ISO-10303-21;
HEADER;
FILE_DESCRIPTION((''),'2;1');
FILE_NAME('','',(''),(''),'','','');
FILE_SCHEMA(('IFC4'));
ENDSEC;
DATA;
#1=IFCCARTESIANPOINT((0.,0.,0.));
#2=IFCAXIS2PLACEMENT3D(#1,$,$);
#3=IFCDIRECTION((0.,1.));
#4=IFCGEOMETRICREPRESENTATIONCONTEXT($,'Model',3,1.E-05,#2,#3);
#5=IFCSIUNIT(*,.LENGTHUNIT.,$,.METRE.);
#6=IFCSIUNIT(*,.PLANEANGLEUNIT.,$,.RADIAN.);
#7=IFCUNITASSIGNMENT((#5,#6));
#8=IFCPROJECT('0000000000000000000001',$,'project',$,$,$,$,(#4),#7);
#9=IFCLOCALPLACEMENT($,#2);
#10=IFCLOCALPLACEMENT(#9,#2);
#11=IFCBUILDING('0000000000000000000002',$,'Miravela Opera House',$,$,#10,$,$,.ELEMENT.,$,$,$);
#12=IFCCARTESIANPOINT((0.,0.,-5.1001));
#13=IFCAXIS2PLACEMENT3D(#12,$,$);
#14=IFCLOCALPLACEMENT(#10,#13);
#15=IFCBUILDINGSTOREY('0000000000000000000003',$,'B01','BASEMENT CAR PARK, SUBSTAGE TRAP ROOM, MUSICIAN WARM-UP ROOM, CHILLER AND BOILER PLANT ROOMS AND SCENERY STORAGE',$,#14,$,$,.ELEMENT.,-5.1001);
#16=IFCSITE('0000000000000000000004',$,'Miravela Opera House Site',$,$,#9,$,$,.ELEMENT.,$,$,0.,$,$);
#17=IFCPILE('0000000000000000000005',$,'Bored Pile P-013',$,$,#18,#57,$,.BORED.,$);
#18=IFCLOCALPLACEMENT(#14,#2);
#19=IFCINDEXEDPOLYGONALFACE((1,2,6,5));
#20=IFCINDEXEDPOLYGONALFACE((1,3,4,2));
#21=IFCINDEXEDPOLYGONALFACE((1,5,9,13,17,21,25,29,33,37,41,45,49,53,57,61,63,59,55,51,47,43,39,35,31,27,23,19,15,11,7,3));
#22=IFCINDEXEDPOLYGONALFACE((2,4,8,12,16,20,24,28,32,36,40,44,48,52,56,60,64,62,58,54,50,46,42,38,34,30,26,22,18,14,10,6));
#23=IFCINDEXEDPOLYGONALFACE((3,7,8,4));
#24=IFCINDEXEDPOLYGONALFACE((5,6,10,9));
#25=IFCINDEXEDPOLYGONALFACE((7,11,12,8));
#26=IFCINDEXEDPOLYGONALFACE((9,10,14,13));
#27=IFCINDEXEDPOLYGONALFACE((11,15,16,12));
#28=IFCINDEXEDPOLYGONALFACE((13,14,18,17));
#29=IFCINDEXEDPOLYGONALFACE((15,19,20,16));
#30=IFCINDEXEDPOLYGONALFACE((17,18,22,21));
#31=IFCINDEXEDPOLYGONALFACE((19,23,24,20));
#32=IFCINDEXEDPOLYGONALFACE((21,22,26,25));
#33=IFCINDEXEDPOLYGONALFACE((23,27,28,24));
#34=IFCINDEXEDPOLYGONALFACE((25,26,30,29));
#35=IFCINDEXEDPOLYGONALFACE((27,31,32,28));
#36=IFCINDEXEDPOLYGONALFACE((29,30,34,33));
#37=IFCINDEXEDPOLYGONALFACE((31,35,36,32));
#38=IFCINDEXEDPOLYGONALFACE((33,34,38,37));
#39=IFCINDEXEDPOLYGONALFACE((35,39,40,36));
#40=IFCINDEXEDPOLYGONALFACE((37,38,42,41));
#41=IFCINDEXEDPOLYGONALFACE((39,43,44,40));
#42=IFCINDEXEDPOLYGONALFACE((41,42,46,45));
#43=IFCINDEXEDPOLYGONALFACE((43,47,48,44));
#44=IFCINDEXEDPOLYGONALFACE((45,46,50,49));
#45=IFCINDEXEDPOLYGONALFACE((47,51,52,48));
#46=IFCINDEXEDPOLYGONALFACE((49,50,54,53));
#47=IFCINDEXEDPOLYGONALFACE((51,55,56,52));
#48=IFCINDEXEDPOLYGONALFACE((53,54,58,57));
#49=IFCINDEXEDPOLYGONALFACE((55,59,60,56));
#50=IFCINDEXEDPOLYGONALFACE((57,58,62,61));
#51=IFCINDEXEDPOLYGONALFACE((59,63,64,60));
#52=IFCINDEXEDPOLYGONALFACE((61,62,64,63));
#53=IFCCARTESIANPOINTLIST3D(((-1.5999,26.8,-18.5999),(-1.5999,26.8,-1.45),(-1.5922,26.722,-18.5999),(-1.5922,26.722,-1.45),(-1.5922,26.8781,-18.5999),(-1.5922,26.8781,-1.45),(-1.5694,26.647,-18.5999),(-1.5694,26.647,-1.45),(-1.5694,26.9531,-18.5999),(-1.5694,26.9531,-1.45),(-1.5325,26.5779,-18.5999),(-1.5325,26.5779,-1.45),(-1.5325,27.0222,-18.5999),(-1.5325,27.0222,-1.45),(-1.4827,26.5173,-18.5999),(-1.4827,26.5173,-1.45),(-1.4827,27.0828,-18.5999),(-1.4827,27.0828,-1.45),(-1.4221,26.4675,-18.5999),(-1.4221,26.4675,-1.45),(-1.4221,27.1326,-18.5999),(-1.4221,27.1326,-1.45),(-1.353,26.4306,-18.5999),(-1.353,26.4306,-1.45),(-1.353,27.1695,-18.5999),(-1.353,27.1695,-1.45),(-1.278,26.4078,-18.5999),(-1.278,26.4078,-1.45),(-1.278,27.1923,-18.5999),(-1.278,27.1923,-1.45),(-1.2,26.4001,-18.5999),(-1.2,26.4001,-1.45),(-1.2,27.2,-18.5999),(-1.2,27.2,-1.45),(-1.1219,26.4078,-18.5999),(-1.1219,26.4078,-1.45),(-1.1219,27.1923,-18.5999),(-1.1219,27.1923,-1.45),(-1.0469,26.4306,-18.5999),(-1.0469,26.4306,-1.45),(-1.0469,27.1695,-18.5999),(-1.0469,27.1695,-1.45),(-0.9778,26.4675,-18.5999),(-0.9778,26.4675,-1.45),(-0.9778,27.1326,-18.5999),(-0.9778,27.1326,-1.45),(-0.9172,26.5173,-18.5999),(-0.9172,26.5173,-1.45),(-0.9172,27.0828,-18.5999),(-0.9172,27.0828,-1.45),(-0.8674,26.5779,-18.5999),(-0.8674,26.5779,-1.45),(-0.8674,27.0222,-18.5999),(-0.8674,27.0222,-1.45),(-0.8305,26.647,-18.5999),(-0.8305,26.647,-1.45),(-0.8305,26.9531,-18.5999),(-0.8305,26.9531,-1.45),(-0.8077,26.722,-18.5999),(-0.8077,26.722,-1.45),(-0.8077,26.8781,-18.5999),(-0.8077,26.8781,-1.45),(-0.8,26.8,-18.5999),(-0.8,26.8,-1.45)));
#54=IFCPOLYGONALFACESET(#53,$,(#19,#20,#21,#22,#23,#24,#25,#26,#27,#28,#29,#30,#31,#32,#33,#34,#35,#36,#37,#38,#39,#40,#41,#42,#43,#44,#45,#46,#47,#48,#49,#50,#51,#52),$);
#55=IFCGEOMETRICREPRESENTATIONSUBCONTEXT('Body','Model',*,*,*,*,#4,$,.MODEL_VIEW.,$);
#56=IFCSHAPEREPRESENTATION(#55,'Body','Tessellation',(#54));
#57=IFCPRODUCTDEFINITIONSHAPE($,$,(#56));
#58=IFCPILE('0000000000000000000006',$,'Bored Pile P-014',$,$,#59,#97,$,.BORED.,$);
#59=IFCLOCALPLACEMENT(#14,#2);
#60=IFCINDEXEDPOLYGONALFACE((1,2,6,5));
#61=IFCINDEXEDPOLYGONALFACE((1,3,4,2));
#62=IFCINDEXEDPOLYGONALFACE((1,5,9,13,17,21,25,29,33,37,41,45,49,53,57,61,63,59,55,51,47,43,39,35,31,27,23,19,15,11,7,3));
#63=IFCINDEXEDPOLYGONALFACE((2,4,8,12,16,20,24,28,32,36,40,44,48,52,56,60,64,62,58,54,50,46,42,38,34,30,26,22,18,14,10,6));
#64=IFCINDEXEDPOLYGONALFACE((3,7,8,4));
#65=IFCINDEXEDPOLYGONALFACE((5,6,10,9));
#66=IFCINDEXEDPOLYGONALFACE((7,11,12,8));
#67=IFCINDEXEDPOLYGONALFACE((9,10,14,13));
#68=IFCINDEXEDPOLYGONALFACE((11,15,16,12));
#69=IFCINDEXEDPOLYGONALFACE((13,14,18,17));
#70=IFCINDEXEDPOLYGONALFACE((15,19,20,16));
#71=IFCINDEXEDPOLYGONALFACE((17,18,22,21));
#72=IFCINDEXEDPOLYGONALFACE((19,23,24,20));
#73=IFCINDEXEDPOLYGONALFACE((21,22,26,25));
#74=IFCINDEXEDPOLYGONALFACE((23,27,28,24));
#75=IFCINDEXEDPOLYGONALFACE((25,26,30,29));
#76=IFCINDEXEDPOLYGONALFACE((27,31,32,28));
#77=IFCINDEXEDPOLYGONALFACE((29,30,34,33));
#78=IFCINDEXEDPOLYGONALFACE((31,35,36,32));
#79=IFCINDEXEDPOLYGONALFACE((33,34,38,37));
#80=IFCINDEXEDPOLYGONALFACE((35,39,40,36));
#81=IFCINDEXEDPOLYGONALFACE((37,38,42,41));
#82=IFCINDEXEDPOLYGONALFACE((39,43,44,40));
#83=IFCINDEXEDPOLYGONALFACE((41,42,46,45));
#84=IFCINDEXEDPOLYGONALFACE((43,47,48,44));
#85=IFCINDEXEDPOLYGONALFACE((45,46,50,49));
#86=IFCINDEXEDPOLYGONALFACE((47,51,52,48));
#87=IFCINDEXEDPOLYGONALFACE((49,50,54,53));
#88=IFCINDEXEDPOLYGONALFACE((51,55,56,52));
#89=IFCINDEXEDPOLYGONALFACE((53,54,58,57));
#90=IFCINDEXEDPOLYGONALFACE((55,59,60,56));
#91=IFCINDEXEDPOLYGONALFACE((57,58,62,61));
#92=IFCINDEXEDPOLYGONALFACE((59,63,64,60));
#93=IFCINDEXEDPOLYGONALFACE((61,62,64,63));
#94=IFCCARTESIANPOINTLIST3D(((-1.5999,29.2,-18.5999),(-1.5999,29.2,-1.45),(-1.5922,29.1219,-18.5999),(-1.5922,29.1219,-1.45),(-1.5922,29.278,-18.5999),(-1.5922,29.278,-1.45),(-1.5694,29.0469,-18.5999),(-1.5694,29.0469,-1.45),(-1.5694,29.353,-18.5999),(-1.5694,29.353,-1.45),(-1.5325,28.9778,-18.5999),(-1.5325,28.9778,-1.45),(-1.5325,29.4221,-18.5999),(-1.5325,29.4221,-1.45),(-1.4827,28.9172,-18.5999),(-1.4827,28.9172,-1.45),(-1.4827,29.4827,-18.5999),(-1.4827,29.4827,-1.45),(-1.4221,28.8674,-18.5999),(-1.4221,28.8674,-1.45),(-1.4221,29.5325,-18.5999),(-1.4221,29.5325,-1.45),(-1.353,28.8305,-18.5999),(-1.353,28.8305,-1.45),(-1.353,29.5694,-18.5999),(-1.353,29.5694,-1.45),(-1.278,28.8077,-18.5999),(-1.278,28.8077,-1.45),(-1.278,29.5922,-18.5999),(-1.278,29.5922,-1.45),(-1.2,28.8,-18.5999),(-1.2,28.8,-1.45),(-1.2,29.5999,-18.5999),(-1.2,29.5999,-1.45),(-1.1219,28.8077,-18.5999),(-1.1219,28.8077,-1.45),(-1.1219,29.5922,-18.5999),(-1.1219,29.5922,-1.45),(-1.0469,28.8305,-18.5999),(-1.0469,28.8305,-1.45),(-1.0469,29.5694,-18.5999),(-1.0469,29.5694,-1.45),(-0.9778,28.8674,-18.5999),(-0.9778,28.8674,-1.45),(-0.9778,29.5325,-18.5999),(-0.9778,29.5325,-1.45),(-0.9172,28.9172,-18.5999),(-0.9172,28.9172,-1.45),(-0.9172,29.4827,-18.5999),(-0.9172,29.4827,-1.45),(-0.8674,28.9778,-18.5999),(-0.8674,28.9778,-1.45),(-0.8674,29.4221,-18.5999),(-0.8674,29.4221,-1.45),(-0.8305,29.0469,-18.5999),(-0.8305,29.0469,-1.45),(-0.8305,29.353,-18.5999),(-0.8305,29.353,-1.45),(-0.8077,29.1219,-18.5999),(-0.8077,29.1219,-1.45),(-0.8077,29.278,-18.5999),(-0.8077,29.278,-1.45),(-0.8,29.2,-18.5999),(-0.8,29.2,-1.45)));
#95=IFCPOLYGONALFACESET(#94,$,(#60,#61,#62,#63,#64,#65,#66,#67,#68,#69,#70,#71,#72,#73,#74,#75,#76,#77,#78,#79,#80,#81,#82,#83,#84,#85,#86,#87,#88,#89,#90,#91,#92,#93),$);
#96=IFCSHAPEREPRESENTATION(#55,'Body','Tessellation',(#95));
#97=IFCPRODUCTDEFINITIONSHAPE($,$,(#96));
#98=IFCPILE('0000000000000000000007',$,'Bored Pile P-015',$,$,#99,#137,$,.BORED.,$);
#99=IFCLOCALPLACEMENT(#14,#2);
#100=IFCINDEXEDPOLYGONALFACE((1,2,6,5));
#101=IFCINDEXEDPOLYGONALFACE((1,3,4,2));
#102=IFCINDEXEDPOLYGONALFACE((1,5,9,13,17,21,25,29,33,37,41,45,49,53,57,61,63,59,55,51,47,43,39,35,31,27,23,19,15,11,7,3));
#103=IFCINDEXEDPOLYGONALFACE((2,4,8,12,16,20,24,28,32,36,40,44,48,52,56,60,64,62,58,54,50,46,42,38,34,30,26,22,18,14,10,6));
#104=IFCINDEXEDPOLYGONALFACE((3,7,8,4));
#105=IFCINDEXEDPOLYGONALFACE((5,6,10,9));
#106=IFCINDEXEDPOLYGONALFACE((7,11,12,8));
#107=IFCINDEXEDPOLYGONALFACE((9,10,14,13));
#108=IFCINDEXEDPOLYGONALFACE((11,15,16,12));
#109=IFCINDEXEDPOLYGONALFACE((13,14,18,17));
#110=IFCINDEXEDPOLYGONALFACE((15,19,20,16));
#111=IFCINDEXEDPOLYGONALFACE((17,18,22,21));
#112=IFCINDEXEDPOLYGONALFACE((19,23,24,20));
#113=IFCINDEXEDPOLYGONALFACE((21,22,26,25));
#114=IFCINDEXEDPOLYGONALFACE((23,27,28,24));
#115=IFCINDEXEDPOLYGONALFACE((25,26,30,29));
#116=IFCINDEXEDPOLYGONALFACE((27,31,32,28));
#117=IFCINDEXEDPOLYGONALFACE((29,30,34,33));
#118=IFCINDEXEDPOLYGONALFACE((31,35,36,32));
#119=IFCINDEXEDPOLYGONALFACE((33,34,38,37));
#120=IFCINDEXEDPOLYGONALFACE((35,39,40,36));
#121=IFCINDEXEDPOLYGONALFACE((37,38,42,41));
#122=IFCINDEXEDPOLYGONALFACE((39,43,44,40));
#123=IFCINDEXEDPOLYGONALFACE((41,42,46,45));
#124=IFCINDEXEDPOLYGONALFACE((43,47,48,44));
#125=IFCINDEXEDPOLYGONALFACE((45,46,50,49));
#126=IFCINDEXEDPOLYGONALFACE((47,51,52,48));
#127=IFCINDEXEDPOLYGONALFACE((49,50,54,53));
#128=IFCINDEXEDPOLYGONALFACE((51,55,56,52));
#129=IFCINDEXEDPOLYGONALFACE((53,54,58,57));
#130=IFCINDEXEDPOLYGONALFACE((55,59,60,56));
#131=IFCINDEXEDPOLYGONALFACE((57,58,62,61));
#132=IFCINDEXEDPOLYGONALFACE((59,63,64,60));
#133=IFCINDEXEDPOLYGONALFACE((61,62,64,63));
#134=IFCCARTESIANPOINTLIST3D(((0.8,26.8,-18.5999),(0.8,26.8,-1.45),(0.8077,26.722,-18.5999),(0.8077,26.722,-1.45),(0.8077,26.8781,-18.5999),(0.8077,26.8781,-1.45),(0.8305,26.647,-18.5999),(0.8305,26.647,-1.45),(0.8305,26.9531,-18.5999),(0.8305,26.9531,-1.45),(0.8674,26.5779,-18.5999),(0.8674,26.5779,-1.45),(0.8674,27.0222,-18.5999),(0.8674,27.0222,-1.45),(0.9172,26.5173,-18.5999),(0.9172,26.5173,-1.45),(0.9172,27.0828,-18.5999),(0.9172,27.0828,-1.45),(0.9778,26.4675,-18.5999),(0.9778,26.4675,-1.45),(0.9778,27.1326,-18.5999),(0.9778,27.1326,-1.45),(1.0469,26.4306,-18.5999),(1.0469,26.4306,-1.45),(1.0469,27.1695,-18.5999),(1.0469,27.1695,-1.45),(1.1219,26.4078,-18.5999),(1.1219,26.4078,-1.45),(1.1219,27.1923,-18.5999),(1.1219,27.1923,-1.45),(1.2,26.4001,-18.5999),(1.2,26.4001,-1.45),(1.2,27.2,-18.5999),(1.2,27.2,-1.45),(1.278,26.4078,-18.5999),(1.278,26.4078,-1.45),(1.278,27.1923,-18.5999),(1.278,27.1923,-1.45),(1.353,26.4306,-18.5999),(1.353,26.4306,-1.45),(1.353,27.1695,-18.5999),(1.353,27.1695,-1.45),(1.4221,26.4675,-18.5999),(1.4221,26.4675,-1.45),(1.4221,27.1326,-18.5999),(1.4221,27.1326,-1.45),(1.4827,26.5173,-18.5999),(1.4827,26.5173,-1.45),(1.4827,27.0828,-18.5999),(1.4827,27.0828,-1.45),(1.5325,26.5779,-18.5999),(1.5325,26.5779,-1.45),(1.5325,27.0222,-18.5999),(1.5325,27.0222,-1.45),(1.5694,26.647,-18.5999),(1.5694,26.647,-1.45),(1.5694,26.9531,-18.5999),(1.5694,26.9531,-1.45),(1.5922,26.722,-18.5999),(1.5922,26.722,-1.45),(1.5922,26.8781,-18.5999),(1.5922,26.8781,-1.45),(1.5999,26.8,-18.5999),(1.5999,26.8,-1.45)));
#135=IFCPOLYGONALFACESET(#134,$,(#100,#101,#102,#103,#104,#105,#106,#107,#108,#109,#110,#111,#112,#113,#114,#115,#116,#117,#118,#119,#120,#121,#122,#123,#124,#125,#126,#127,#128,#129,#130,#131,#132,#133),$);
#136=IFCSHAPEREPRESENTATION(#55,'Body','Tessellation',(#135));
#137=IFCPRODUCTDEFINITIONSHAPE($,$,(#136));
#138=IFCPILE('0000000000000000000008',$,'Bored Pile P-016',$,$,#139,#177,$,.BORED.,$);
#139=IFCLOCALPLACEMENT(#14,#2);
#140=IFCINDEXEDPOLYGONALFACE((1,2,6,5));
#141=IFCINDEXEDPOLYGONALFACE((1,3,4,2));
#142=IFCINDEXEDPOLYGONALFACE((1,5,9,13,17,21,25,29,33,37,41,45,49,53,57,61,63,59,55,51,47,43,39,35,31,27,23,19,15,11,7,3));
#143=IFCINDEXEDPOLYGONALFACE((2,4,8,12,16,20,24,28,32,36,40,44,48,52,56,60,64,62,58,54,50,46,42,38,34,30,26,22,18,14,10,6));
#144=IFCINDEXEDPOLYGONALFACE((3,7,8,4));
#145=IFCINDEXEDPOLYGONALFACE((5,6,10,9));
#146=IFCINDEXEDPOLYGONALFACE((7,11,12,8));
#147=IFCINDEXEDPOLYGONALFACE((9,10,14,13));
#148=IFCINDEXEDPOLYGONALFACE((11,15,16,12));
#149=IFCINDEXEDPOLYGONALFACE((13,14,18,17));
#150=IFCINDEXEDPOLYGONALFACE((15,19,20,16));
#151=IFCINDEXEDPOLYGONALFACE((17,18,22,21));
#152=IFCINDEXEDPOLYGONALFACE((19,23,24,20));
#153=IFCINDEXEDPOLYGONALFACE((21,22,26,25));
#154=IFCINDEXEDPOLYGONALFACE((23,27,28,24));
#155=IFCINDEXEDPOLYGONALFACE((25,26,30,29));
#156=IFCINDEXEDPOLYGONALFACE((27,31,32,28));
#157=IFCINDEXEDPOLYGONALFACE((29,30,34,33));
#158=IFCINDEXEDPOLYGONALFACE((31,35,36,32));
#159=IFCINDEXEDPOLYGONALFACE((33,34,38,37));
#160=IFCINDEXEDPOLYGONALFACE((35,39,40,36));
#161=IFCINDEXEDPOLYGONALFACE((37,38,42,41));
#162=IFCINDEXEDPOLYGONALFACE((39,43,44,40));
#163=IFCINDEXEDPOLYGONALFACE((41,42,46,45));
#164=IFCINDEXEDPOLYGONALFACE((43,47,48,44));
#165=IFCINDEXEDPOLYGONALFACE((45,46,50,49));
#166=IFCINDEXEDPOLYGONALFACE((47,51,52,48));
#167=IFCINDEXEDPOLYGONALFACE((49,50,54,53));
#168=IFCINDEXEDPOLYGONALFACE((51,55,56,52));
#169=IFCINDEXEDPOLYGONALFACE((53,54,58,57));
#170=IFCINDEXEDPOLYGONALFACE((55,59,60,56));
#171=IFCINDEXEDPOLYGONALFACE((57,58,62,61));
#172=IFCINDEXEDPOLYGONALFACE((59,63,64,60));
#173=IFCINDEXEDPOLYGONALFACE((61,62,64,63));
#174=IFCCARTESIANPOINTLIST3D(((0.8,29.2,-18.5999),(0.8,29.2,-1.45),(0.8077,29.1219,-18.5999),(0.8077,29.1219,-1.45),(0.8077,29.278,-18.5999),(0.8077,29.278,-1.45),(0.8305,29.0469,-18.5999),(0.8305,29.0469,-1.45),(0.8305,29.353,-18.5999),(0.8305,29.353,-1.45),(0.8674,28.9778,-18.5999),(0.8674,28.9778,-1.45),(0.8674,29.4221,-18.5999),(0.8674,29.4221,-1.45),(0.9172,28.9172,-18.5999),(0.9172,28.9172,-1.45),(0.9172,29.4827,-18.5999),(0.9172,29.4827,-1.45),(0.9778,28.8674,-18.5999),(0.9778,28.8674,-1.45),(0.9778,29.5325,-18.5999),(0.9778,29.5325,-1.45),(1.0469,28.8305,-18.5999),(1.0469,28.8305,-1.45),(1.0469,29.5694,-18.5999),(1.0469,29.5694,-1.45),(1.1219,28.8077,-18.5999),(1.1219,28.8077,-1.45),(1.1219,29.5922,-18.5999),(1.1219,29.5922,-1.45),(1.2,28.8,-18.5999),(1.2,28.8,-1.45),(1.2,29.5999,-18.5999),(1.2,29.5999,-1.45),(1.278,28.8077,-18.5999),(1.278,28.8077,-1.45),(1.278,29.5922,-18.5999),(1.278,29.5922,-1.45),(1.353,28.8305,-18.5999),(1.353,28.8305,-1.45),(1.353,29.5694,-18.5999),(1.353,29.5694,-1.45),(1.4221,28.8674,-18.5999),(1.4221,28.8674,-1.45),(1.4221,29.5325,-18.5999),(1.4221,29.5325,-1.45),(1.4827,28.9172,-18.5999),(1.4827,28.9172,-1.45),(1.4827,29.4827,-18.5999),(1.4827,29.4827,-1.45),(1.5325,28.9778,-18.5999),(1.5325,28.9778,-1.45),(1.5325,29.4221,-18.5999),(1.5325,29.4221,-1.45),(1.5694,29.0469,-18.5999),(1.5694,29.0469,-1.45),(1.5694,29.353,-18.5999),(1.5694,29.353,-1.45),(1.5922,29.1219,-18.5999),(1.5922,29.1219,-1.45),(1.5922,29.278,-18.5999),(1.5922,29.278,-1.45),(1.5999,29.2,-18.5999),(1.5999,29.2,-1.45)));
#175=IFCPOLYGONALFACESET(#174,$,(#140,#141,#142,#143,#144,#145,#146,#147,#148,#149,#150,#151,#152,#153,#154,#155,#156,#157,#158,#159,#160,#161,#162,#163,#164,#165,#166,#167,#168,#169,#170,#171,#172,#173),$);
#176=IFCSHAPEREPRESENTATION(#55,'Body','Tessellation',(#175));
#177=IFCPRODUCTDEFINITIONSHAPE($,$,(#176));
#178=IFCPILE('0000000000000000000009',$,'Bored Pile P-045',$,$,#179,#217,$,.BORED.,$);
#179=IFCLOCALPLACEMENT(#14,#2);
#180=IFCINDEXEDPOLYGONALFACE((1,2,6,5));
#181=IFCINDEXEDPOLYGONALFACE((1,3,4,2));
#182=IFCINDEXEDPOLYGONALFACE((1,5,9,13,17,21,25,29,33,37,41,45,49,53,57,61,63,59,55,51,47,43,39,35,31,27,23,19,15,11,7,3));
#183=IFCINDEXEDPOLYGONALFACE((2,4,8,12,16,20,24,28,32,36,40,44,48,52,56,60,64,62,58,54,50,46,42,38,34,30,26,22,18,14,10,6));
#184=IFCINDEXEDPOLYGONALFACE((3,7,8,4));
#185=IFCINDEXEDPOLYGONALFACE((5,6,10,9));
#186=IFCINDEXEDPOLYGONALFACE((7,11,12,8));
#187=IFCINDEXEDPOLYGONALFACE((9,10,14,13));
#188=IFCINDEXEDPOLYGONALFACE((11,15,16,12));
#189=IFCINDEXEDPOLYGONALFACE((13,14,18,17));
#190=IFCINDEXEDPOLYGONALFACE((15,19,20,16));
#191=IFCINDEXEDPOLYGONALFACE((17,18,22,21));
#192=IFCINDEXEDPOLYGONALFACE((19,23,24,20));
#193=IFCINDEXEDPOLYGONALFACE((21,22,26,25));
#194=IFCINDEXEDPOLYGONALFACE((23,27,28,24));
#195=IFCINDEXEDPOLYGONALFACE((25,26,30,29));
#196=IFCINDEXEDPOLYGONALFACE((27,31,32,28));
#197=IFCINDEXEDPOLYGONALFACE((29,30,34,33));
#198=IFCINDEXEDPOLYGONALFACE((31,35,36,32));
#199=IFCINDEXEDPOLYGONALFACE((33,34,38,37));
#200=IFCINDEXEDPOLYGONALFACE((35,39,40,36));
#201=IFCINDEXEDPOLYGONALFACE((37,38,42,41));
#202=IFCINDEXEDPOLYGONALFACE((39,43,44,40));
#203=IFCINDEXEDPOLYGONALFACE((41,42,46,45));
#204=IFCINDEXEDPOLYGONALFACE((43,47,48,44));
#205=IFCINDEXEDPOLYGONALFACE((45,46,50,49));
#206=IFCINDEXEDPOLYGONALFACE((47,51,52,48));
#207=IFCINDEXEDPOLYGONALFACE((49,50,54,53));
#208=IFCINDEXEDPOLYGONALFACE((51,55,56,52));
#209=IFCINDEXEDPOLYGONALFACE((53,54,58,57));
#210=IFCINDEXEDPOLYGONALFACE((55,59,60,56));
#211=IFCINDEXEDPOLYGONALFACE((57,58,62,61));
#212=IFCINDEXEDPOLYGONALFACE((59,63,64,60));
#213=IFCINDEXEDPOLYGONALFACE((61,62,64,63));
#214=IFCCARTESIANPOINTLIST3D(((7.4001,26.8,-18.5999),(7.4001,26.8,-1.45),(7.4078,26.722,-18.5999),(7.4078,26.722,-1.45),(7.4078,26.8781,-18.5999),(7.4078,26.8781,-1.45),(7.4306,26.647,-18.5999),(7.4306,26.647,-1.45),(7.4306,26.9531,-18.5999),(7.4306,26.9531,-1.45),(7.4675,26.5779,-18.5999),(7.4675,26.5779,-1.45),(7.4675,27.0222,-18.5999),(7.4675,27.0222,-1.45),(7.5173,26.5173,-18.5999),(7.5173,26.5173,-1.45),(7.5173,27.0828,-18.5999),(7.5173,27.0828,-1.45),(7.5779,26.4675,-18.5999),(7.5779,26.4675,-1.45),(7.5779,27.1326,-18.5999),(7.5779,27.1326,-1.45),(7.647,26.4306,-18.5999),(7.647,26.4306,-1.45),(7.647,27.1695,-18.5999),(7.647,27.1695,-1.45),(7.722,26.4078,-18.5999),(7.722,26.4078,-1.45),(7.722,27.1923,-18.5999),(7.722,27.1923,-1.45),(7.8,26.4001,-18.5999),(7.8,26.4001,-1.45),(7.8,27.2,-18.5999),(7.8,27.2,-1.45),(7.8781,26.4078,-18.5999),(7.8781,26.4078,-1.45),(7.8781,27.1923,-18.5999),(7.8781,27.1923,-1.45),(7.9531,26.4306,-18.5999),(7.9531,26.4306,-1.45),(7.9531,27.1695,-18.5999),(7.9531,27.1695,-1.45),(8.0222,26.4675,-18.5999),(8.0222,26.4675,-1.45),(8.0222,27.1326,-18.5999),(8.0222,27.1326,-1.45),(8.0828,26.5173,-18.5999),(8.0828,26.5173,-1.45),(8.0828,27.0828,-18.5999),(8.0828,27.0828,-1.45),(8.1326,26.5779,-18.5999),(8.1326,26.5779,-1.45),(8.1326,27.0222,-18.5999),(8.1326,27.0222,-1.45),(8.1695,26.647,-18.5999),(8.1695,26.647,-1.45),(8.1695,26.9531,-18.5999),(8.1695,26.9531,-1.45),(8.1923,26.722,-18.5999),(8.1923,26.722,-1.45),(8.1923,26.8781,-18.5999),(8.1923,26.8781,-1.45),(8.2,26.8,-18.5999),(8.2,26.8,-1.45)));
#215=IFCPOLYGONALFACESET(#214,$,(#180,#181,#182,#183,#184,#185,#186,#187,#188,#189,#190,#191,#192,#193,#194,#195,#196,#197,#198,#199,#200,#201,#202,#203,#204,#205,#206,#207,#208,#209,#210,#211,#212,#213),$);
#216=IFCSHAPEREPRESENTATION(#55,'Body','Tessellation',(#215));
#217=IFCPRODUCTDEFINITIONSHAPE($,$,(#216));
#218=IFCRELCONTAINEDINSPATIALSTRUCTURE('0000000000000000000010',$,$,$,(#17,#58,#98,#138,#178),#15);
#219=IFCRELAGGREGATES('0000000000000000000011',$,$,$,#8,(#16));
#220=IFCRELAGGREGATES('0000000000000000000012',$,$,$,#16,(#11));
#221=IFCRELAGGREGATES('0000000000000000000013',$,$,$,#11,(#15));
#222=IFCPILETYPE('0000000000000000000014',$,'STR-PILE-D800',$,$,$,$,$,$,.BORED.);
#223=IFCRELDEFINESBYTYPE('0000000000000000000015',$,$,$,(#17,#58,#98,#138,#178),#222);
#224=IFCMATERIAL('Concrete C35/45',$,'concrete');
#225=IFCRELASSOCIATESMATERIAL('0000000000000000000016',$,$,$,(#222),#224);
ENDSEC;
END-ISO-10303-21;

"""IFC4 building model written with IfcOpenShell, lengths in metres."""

from ifc_helpers import new_model, si_unit, direction, frame, origin, origin_2d, place, context, subcontext, project, spatial, circle, extrude, material, material_profile, profile_set, type_object, element, save


model = new_model("IFC4")

# Units and contexts
model_context = context("Model", 3, precision=1e-05, world=origin(), true_north=direction((0.0, 1.0)))
body_context = subcontext(model_context, "Body", "Model", "MODEL_VIEW")
ifc_project = project(units=[si_unit("LENGTHUNIT", "METRE"), si_unit("PLANEANGLEUNIT", "RADIAN")], contexts=[model_context])

# Site, building, storey
site_placement = place(None, origin())
site = spatial("IfcSite", under=ifc_project, at=site_placement, Name="Miravela Opera House Site", CompositionType="ELEMENT", RefElevation=0.0)
building_placement = place(site_placement, origin())
building = spatial("IfcBuilding", under=site, at=building_placement, Name="Miravela Opera House", CompositionType="ELEMENT")
storey_placement = place(building_placement, frame((0.0, 0.0, -5.1001)))
storey = spatial("IfcBuildingStorey", under=building, at=storey_placement, Name="B01", Description="BASEMENT CAR PARK, SUBSTAGE TRAP ROOM, MUSICIAN WARM-UP ROOM, CHILLER AND BOILER PLANT ROOMS AND SCENERY STORAGE", CompositionType="ELEMENT", Elevation=-5.1001)

# Shared definitions
ifc_material_1 = material(Name="Concrete C35/45", Category="concrete")

# Piles
ifc_material_profile_1 = material_profile(ifc_material_1, circle(Radius=0.3999, at=origin_2d()), Name="PILE-D800")
ifc_profile_set_1 = profile_set([ifc_material_profile_1])
pile_type_1 = type_object("IfcPileType", Name="STR-PILE-D800", PredefinedType="BORED", material=ifc_profile_set_1)
for number, where, z_axis, x_axis, name in (
    (1, (-1.2, 26.8, -1.45), (0.0, 0.0, -1.0), (1.0, 0.0, 0.0), "Bored Pile P-013"),
    (2, (-1.2, 29.2, -1.45), (0.0, 0.0, -1.0), (1.0, 0.0, 0.0), "Bored Pile P-014"),
    (3, (1.2, 26.8, -1.45), (0.0, 0.0, -1.0), (1.0, 0.0, 0.0), "Bored Pile P-015"),
    (4, (1.2, 29.2, -1.45), (0.0, 0.0, -1.0), (1.0, 0.0, 0.0), "Bored Pile P-016"),
    (5, (7.8, 26.8, -1.45), (0.0, 0.0, -1.0), (1.0, 0.0, 0.0), "Bored Pile P-045"),
):
    element("IfcPile", number, at=place(storey_placement, frame(where, z_axis=z_axis, x_axis=x_axis)), inside=storey, type_object=pile_type_1, Name=name, PredefinedType="BORED", context=body_context, shape_type="SweptSolid", body=[
        extrude(circle(Radius=0.3999, at=origin_2d()), origin(), (0.0, 0.0, 1.0), 17.1499),
    ])

save(model, "model.ifc")
